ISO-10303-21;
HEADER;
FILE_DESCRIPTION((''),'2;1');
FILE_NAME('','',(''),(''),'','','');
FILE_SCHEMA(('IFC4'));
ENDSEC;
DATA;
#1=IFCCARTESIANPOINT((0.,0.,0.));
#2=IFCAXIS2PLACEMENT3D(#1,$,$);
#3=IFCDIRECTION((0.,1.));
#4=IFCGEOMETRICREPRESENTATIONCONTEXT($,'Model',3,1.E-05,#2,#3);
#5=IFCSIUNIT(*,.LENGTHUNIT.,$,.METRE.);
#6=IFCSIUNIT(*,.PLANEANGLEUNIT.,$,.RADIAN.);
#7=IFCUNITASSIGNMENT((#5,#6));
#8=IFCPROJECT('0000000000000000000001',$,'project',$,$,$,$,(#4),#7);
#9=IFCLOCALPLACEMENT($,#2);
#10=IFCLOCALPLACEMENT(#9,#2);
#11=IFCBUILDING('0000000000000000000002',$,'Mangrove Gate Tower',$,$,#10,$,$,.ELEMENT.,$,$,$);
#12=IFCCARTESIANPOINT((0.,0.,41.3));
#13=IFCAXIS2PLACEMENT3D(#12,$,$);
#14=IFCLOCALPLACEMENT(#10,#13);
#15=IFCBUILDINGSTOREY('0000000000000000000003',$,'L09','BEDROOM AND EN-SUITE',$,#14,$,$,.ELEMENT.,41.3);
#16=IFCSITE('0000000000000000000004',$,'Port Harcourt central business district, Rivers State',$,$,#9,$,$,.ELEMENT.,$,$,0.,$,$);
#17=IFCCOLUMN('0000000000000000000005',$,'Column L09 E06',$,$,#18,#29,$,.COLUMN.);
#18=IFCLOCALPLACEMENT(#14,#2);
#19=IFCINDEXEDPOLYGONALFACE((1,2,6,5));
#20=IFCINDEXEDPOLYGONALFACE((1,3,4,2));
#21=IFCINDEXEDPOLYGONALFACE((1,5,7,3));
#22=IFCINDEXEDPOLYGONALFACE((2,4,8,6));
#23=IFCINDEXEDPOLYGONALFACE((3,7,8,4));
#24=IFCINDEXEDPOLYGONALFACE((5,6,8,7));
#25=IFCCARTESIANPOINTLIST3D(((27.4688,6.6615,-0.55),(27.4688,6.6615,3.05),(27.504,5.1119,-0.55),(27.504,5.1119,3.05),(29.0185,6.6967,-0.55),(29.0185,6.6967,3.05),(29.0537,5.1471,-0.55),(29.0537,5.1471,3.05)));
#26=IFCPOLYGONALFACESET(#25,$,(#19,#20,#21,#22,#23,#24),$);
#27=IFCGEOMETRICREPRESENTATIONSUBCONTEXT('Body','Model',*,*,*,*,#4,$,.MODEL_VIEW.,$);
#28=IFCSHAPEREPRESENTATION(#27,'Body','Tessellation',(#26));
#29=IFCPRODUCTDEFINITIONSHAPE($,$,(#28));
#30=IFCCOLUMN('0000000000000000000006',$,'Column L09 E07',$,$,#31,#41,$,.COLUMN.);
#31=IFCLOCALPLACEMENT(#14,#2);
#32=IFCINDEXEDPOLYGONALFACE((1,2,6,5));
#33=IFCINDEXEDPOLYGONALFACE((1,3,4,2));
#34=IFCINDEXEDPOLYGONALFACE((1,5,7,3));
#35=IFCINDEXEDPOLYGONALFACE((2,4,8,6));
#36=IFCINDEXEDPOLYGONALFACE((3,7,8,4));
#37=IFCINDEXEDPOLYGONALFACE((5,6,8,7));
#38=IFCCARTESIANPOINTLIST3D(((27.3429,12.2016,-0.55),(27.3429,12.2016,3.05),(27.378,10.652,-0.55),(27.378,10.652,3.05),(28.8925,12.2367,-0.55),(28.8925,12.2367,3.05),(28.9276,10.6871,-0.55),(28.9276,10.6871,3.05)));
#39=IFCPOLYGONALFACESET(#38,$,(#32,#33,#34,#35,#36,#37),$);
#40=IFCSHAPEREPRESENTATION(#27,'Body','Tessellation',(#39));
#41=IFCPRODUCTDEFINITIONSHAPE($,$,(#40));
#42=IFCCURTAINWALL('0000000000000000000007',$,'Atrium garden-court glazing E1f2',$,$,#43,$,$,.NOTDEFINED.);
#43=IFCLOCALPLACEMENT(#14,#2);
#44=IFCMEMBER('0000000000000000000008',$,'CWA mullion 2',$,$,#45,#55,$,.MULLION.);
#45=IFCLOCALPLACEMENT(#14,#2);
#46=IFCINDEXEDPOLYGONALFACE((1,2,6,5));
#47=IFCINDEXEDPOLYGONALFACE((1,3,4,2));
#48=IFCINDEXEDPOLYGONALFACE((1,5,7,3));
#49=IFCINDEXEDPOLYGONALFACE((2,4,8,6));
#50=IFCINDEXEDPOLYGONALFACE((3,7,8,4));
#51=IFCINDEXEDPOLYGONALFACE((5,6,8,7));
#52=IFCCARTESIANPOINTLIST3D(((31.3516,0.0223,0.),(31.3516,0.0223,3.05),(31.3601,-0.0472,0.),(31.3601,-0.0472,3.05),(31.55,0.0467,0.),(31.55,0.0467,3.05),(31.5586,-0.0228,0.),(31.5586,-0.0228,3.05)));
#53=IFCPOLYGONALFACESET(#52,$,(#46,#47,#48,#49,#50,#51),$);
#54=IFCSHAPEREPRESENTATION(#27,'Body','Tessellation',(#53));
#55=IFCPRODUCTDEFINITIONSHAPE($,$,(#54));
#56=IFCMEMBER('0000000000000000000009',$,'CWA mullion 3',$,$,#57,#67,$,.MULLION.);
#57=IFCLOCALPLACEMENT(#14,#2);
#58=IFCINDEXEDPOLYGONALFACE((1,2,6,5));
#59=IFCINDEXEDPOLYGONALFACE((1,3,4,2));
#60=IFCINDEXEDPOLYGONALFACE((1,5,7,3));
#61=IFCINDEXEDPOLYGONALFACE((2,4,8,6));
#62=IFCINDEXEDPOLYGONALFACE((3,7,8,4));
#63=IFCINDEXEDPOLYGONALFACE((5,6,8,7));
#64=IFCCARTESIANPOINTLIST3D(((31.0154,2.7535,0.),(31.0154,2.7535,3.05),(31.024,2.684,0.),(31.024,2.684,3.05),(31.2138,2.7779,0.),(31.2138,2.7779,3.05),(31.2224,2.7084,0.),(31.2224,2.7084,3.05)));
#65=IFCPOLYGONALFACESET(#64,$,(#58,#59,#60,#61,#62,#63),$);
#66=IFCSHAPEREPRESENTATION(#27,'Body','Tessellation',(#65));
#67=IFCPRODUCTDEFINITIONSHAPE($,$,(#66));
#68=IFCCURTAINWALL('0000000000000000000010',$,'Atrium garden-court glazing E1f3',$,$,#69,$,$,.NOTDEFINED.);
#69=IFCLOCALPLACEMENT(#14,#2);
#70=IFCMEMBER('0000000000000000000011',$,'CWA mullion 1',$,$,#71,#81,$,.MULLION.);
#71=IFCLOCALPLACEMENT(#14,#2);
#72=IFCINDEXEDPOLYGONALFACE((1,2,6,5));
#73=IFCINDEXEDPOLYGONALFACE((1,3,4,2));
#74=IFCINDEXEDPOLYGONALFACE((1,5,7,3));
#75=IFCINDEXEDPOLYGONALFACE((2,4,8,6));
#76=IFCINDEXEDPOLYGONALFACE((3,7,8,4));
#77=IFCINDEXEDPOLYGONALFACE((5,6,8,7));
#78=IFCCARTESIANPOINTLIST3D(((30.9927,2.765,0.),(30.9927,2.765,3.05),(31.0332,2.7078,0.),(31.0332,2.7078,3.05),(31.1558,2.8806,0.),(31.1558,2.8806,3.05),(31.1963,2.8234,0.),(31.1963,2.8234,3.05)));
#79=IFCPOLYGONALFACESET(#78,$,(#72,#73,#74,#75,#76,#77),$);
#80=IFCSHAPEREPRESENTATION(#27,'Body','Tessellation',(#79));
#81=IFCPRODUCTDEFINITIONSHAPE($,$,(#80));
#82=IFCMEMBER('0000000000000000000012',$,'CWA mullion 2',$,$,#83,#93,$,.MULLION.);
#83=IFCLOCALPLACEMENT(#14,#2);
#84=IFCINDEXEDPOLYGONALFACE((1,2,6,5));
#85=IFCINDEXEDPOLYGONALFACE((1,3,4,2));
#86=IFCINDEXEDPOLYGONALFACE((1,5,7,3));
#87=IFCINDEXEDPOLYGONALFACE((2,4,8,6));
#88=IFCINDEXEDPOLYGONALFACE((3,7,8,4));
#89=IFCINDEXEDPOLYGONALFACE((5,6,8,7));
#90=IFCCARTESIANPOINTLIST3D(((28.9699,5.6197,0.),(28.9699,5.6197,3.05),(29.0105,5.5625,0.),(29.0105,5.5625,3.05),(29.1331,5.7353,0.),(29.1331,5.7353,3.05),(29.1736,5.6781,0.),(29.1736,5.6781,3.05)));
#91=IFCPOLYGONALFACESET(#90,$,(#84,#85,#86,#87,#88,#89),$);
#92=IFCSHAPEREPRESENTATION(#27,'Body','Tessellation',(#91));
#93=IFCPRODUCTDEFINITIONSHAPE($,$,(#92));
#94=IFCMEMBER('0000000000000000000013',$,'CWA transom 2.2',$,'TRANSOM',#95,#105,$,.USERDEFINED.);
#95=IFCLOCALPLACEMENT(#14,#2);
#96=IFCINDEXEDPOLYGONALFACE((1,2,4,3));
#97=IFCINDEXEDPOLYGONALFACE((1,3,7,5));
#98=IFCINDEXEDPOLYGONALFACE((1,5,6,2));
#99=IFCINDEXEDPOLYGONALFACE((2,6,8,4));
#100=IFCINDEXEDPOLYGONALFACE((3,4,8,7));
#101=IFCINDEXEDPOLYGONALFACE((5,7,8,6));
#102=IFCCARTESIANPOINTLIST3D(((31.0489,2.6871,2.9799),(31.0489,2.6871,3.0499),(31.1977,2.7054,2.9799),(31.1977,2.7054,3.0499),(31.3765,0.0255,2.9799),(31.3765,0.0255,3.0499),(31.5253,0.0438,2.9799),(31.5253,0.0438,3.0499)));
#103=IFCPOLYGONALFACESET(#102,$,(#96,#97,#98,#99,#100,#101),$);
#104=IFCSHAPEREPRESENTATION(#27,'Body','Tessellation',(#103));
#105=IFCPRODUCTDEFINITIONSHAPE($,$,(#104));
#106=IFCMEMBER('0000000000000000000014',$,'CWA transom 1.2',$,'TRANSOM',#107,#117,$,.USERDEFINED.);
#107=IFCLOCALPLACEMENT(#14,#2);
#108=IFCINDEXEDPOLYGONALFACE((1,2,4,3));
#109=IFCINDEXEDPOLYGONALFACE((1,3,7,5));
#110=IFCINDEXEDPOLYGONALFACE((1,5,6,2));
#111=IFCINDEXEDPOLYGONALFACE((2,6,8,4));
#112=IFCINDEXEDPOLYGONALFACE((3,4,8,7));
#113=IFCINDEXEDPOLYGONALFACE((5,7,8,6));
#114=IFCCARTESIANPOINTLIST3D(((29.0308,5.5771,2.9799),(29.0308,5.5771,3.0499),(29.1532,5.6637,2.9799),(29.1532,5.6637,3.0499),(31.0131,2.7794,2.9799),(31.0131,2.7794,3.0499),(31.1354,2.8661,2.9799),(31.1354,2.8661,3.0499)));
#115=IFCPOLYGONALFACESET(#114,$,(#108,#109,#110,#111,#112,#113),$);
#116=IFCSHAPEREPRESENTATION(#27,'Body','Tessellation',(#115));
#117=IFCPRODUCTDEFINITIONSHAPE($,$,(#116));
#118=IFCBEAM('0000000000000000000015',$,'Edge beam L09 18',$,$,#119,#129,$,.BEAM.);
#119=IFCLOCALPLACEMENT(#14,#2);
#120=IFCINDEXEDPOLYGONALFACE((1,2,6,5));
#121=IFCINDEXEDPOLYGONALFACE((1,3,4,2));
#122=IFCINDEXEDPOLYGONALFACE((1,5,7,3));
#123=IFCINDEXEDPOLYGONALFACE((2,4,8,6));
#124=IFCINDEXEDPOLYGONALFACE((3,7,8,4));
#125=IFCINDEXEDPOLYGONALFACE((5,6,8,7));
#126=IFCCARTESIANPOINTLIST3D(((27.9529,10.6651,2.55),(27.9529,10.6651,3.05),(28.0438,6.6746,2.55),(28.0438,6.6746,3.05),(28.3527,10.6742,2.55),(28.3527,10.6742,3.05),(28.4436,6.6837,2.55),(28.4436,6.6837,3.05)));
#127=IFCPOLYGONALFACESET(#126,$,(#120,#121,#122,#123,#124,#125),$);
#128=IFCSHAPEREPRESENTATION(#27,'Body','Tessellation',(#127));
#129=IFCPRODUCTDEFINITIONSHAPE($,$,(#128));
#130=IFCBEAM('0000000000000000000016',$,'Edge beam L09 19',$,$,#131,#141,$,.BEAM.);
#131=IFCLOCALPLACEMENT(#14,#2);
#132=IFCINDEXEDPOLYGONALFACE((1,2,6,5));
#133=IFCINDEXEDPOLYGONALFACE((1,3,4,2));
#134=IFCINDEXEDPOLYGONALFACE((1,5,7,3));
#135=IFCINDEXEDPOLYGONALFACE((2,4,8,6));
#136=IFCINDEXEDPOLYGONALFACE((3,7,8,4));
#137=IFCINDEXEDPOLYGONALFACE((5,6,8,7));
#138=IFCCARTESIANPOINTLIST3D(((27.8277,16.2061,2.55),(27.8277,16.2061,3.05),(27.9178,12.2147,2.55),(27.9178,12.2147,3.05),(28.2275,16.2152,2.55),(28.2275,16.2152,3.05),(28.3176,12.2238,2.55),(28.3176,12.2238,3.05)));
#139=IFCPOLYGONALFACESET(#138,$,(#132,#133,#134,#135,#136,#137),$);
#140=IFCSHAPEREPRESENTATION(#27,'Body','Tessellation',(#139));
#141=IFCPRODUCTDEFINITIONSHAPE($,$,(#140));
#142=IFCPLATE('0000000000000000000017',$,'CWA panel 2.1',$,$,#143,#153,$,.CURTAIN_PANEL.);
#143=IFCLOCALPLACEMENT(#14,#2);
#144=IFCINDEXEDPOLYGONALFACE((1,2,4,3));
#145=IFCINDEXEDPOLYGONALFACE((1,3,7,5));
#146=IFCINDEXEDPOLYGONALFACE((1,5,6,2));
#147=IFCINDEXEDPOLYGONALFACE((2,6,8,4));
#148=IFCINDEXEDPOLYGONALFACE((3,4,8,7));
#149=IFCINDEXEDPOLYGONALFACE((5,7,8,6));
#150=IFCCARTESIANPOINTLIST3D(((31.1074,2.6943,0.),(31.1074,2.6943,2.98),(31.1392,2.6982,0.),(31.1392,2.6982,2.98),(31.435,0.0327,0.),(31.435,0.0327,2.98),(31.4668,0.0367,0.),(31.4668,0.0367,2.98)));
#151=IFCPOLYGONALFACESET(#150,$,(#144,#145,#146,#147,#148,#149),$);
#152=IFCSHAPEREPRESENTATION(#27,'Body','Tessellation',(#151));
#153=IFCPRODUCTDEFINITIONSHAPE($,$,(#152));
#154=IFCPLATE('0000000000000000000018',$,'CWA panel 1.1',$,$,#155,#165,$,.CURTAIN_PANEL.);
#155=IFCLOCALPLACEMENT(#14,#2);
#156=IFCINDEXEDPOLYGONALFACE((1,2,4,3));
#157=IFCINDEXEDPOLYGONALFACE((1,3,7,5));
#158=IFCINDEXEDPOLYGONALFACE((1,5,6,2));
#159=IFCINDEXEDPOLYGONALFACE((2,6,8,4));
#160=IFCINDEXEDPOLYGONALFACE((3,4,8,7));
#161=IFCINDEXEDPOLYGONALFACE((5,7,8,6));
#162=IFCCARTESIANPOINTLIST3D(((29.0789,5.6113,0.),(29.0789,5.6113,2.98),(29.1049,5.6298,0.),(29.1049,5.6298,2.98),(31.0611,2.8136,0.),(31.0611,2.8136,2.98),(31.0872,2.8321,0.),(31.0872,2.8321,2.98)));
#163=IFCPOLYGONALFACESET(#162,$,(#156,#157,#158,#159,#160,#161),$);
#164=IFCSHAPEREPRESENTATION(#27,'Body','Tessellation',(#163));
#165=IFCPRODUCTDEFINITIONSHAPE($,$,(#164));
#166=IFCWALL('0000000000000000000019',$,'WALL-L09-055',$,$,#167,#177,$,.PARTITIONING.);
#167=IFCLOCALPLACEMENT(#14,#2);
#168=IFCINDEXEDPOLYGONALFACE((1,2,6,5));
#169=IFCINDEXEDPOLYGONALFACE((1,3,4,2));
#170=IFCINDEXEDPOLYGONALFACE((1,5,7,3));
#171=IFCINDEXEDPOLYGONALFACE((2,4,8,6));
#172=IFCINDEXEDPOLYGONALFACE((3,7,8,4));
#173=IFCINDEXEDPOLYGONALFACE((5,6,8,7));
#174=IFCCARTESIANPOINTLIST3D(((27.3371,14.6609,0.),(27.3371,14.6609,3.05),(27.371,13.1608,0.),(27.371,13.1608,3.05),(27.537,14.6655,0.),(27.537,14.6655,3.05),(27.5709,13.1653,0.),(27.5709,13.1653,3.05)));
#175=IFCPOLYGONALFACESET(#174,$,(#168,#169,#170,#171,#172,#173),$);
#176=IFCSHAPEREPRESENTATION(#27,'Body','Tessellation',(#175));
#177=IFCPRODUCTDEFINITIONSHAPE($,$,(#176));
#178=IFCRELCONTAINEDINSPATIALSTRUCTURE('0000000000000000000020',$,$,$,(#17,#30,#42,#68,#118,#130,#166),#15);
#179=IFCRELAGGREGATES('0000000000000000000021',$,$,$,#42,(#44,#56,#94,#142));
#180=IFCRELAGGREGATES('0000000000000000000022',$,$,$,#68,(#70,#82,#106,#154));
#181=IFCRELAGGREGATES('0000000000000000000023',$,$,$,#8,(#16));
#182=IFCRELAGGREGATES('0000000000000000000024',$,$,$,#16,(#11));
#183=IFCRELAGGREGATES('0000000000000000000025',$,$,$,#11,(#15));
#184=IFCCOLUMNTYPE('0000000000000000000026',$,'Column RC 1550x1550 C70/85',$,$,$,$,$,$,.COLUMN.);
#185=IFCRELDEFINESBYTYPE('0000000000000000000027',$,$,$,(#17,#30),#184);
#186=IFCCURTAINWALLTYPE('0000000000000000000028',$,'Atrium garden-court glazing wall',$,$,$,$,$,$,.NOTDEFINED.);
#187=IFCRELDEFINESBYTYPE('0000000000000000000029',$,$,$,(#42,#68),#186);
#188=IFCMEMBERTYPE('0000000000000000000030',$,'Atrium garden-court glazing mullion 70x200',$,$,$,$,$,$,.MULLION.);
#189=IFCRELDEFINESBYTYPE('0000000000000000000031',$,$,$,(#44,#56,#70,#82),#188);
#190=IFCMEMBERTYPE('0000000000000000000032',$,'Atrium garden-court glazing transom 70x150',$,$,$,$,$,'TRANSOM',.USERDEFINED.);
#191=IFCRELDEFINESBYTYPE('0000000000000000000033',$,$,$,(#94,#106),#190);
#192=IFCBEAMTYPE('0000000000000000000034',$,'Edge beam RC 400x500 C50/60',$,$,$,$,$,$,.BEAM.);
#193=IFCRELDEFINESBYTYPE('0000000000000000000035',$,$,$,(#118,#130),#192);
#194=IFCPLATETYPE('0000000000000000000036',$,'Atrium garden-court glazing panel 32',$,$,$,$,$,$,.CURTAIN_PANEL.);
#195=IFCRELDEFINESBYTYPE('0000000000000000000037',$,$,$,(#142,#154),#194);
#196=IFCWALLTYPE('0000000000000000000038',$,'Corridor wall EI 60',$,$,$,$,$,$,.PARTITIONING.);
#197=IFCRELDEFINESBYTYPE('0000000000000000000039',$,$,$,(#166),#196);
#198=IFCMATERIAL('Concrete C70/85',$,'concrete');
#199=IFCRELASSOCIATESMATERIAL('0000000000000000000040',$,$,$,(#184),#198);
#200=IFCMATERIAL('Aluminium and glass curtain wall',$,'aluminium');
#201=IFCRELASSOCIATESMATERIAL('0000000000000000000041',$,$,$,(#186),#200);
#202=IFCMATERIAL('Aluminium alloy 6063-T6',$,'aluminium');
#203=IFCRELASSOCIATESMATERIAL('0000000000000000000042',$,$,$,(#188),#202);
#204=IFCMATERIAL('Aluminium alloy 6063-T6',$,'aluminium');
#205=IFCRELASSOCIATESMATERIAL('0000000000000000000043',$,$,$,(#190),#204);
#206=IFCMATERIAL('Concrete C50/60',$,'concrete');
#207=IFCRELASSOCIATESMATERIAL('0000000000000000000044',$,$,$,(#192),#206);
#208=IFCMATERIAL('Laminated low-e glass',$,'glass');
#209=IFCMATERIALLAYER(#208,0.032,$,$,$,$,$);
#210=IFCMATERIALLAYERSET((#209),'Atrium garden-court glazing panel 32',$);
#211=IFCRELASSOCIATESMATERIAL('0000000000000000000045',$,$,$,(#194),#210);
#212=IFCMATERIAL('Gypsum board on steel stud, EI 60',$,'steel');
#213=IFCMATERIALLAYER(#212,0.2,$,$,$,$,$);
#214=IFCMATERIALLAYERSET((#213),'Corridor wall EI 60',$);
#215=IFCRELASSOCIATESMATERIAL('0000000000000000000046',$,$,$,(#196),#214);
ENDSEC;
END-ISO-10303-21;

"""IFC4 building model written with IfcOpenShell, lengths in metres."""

from ifc_helpers import new_model, si_unit, direction, frame, frame_2d, origin, origin_2d, place, context, subcontext, project, spatial, rectangle, extrude, material, layer, layer_set, material_profile, profile_set, type_object, element, aggregate, save


model = new_model("IFC4")

# Units and contexts
model_context = context("Model", 3, precision=1e-05, world=origin(), true_north=direction((0.0, 1.0)))
body_context = subcontext(model_context, "Body", "Model", "MODEL_VIEW")
ifc_project = project(units=[si_unit("LENGTHUNIT", "METRE"), si_unit("PLANEANGLEUNIT", "RADIAN")], contexts=[model_context])

# Site, building, storey
site_placement = place(None, origin())
site = spatial("IfcSite", under=ifc_project, at=site_placement, Name="Port Harcourt central business district, Rivers State", CompositionType="ELEMENT", RefElevation=0.0)
building_placement = place(site_placement, origin())
building = spatial("IfcBuilding", under=site, at=building_placement, Name="Mangrove Gate Tower", CompositionType="ELEMENT")
storey_placement = place(building_placement, frame((0.0, 0.0, 41.3)))
storey = spatial("IfcBuildingStorey", under=building, at=storey_placement, Name="L09", Description="BEDROOM AND EN-SUITE", CompositionType="ELEMENT", Elevation=41.3)

# Columns
ifc_material_1 = material(Name="Concrete C70/85", Category="concrete")
ifc_material_profile_1 = material_profile(ifc_material_1, rectangle(XDim=1.55, YDim=1.55, at=origin_2d()))
ifc_profile_set_1 = profile_set([ifc_material_profile_1], Name="Concrete C70/85")
column_type = type_object("IfcColumnType", Name="Column RC 1550x1550 C70/85", PredefinedType="COLUMN", material=ifc_profile_set_1)
for number, where, z_axis, x_axis, name in (
    (1, (28.2612, 5.9043, -0.55), (0.0, 0.0, 1.0), (-0.022704, 0.999742, 0.0), "Column L09 E06"),
    (2, (28.1353, 11.4443, -0.55), (0.0, 0.0, 1.0), (-0.022646, 0.999744, 0.0), "Column L09 E07"),
):
    element("IfcColumn", number, at=place(storey_placement, frame(where, z_axis=z_axis, x_axis=x_axis)), inside=storey, type_object=column_type, Name=name, PredefinedType="COLUMN", context=body_context, shape_type="SweptSolid", body=[
        extrude(rectangle(XDim=1.55, YDim=1.55, at=origin_2d()), origin(), (0.0, 0.0, 1.0), 3.6001),
    ])

# Curtain walls, members
ifc_material_2 = material(Name="Aluminium and glass curtain wall", Category="aluminium")
curtain_wall_type = type_object("IfcCurtainWallType", Name="Atrium garden-court glazing wall", PredefinedType="NOTDEFINED", material=ifc_material_2)
curtain_wall_1_placement = place(storey_placement, origin())
curtain_wall_1 = element("IfcCurtainWall", 3, at=curtain_wall_1_placement, inside=storey, type_object=curtain_wall_type, Name="Atrium garden-court glazing E1f2", PredefinedType="NOTDEFINED")
ifc_material_3 = material(Name="Aluminium alloy 6063-T6", Category="aluminium")
ifc_material_profile_2 = material_profile(ifc_material_3, rectangle(XDim=0.0701, YDim=0.2, at=origin_2d()))
ifc_profile_set_2 = profile_set([ifc_material_profile_2], Name="Aluminium alloy 6063-T6")
member_type_1 = type_object("IfcMemberType", Name="Atrium garden-court glazing mullion 70x200", PredefinedType="MULLION", material=ifc_profile_set_2)
member_1_placement = place(storey_placement, frame((31.4551, -0.0002, 0.0), z_axis=(0.0, 0.0, 1.0), x_axis=(-0.122172, 0.992509, 0.0)))
member_1 = element("IfcMember", 4, at=member_1_placement, type_object=member_type_1, Name="CWA mullion 2", PredefinedType="MULLION", context=body_context, shape_type="SweptSolid", body=[
    extrude(rectangle(XDim=0.0701, YDim=0.2, at=origin_2d()), origin(), (0.0, 0.0, 1.0), 3.05),
])
member_2_placement = place(storey_placement, frame((31.1189, 2.731, 0.0), z_axis=(0.0, 0.0, 1.0), x_axis=(-0.122172, 0.992509, 0.0)))
member_2 = element("IfcMember", 5, at=member_2_placement, type_object=member_type_1, Name="CWA mullion 3", PredefinedType="MULLION", context=body_context, shape_type="SweptSolid", body=[
    extrude(rectangle(XDim=0.0701, YDim=0.2, at=origin_2d()), origin(), (0.0, 0.0, 1.0), 3.05),
])
curtain_wall_2_placement = place(storey_placement, origin())
curtain_wall_2 = element("IfcCurtainWall", 6, at=curtain_wall_2_placement, inside=storey, type_object=curtain_wall_type, Name="Atrium garden-court glazing E1f3", PredefinedType="NOTDEFINED")
member_3_placement = place(storey_placement, frame((31.0945, 2.7942, 0.0), z_axis=(0.0, 0.0, 1.0), x_axis=(-0.578123, 0.81595, 0.0)))
member_3 = element("IfcMember", 7, at=member_3_placement, type_object=member_type_1, Name="CWA mullion 1", PredefinedType="MULLION", context=body_context, shape_type="SweptSolid", body=[
    extrude(rectangle(XDim=0.0701, YDim=0.2, at=origin_2d()), origin(), (0.0, 0.0, 1.0), 3.05),
])
member_4_placement = place(storey_placement, frame((29.0718, 5.6489, 0.0), z_axis=(0.0, 0.0, 1.0), x_axis=(-0.578123, 0.81595, 0.0)))
member_4 = element("IfcMember", 8, at=member_4_placement, type_object=member_type_1, Name="CWA mullion 2", PredefinedType="MULLION", context=body_context, shape_type="SweptSolid", body=[
    extrude(rectangle(XDim=0.0701, YDim=0.2, at=origin_2d()), origin(), (0.0, 0.0, 1.0), 3.05),
])

# Members
ifc_material_4 = material(Name="Aluminium alloy 6063-T6", Category="aluminium")
ifc_material_profile_3 = material_profile(ifc_material_4, rectangle(XDim=0.0701, YDim=0.1499, at=origin_2d()))
ifc_profile_set_3 = profile_set([ifc_material_profile_3], Name="Aluminium alloy 6063-T6")
member_type_2 = type_object("IfcMemberType", Name="Atrium garden-court glazing transom 70x150", ElementType="TRANSOM", PredefinedType="USERDEFINED", material=ifc_profile_set_3)
member_5_placement = place(storey_placement, frame((31.4509, 0.0347, 3.0149), z_axis=(-0.122175, 0.992509, 0.0), x_axis=(0.0, 0.0, 1.0)))
member_5 = element("IfcMember", 9, at=member_5_placement, type_object=member_type_2, Name="CWA transom 2.2", ObjectType="TRANSOM", PredefinedType="USERDEFINED", context=body_context, shape_type="SweptSolid", body=[
    extrude(rectangle(XDim=0.0701, YDim=0.1499, at=origin_2d()), origin(), (0.0, 0.0, 1.0), 2.6816),
])
member_6_placement = place(storey_placement, frame((31.0742, 2.8228, 3.0149), z_axis=(-0.578122, 0.81595, 0.0), x_axis=(0.0, 0.0, 1.0)))
member_6 = element("IfcMember", 10, at=member_6_placement, type_object=member_type_2, Name="CWA transom 1.2", ObjectType="TRANSOM", PredefinedType="USERDEFINED", context=body_context, shape_type="SweptSolid", body=[
    extrude(rectangle(XDim=0.0701, YDim=0.1499, at=origin_2d()), origin(), (0.0, 0.0, 1.0), 3.4287),
])

# Beams
ifc_material_5 = material(Name="Concrete C50/60", Category="concrete")
ifc_material_profile_4 = material_profile(ifc_material_5, rectangle(XDim=0.3999, YDim=0.5, at=origin_2d()))
ifc_profile_set_4 = profile_set([ifc_material_profile_4], Name="Concrete C50/60")
beam_type = type_object("IfcBeamType", Name="Edge beam RC 400x500 C50/60", PredefinedType="BEAM", material=ifc_profile_set_4)
beam_1_placement = place(storey_placement, frame((28.2437, 6.6792, 2.8), z_axis=(-0.022753, 0.999741, 0.0), x_axis=(-0.999741, -0.022753, 0.0)))
element("IfcBeam", 11, at=beam_1_placement, inside=storey, type_object=beam_type, Name="Edge beam L09 18", PredefinedType="BEAM", context=body_context, shape_type="SweptSolid", body=[
    extrude(rectangle(XDim=0.3999, YDim=0.5, at=origin_2d()), origin(), (0.0, 0.0, 1.0), 3.9915),
])
beam_2_placement = place(storey_placement, frame((28.1177, 12.2192, 2.8), z_axis=(-0.022564, 0.999745, 0.0), x_axis=(-0.999745, -0.022564, 0.0)))
element("IfcBeam", 12, at=beam_2_placement, inside=storey, type_object=beam_type, Name="Edge beam L09 19", PredefinedType="BEAM", context=body_context, shape_type="SweptSolid", body=[
    extrude(rectangle(XDim=0.3999, YDim=0.5, at=origin_2d()), origin(), (0.0, 0.0, 1.0), 3.9924),
])

# Plates
ifc_material_6 = material(Name="Laminated low-e glass", Category="glass")
ifc_layer_1 = layer(ifc_material_6, 0.032)
ifc_layer_set_1 = layer_set([ifc_layer_1], Name="Atrium garden-court glazing panel 32")
plate_type = type_object("IfcPlateType", Name="Atrium garden-court glazing panel 32", PredefinedType="CURTAIN_PANEL", material=ifc_layer_set_1)
plate_1_placement = place(storey_placement, frame((31.2871, 1.3655, 0.0), z_axis=(0.0, 0.0, 1.0), x_axis=(-0.122172, 0.992509, 0.0)))
plate_1 = element("IfcPlate", 13, at=plate_1_placement, type_object=plate_type, Name="CWA panel 2.1", PredefinedType="CURTAIN_PANEL", context=body_context, shape_type="SweptSolid", body=[
    extrude(rectangle(XDim=2.6816, YDim=0.032, at=origin_2d()), origin(), (0.0, 0.0, 1.0), 2.98),
])
aggregate(curtain_wall_1, [member_1, member_2, member_5, plate_1])
plate_2_placement = place(storey_placement, frame((30.083, 4.2217, 0.0), z_axis=(0.0, 0.0, 1.0), x_axis=(-0.578123, 0.81595, 0.0)))
plate_2 = element("IfcPlate", 14, at=plate_2_placement, type_object=plate_type, Name="CWA panel 1.1", PredefinedType="CURTAIN_PANEL", context=body_context, shape_type="SweptSolid", body=[
    extrude(rectangle(XDim=3.4287, YDim=0.032, at=origin_2d()), origin(), (0.0, 0.0, 1.0), 2.98),
])
aggregate(curtain_wall_2, [member_3, member_4, member_6, plate_2])

# Wall
ifc_material_7 = material(Name="Gypsum board on steel stud, EI 60", Category="steel")
ifc_layer_2 = layer(ifc_material_7, 0.2)
ifc_layer_set_2 = layer_set([ifc_layer_2], Name="Corridor wall EI 60")
wall_type_1 = type_object("IfcWallType", Name="Corridor wall EI 60", PredefinedType="PARTITIONING", material=ifc_layer_set_2)
wall_1_placement = place(storey_placement, frame((27.4709, 13.1631, 0.0), z_axis=(0.0, 0.0, 1.0), x_axis=(-0.022618, 0.999744, 0.0)))
element("IfcWall", 15, at=wall_1_placement, inside=storey, type_object=wall_type_1, Name="WALL-L09-055", PredefinedType="PARTITIONING", context=body_context, shape_type="SweptSolid", body=[
    extrude(rectangle(XDim=1.5005, YDim=0.2, at=frame_2d((0.7502, 0.0))), origin(), (0.0, 0.0, 1.0), 3.05),
])

save(model, "model.ifc")
